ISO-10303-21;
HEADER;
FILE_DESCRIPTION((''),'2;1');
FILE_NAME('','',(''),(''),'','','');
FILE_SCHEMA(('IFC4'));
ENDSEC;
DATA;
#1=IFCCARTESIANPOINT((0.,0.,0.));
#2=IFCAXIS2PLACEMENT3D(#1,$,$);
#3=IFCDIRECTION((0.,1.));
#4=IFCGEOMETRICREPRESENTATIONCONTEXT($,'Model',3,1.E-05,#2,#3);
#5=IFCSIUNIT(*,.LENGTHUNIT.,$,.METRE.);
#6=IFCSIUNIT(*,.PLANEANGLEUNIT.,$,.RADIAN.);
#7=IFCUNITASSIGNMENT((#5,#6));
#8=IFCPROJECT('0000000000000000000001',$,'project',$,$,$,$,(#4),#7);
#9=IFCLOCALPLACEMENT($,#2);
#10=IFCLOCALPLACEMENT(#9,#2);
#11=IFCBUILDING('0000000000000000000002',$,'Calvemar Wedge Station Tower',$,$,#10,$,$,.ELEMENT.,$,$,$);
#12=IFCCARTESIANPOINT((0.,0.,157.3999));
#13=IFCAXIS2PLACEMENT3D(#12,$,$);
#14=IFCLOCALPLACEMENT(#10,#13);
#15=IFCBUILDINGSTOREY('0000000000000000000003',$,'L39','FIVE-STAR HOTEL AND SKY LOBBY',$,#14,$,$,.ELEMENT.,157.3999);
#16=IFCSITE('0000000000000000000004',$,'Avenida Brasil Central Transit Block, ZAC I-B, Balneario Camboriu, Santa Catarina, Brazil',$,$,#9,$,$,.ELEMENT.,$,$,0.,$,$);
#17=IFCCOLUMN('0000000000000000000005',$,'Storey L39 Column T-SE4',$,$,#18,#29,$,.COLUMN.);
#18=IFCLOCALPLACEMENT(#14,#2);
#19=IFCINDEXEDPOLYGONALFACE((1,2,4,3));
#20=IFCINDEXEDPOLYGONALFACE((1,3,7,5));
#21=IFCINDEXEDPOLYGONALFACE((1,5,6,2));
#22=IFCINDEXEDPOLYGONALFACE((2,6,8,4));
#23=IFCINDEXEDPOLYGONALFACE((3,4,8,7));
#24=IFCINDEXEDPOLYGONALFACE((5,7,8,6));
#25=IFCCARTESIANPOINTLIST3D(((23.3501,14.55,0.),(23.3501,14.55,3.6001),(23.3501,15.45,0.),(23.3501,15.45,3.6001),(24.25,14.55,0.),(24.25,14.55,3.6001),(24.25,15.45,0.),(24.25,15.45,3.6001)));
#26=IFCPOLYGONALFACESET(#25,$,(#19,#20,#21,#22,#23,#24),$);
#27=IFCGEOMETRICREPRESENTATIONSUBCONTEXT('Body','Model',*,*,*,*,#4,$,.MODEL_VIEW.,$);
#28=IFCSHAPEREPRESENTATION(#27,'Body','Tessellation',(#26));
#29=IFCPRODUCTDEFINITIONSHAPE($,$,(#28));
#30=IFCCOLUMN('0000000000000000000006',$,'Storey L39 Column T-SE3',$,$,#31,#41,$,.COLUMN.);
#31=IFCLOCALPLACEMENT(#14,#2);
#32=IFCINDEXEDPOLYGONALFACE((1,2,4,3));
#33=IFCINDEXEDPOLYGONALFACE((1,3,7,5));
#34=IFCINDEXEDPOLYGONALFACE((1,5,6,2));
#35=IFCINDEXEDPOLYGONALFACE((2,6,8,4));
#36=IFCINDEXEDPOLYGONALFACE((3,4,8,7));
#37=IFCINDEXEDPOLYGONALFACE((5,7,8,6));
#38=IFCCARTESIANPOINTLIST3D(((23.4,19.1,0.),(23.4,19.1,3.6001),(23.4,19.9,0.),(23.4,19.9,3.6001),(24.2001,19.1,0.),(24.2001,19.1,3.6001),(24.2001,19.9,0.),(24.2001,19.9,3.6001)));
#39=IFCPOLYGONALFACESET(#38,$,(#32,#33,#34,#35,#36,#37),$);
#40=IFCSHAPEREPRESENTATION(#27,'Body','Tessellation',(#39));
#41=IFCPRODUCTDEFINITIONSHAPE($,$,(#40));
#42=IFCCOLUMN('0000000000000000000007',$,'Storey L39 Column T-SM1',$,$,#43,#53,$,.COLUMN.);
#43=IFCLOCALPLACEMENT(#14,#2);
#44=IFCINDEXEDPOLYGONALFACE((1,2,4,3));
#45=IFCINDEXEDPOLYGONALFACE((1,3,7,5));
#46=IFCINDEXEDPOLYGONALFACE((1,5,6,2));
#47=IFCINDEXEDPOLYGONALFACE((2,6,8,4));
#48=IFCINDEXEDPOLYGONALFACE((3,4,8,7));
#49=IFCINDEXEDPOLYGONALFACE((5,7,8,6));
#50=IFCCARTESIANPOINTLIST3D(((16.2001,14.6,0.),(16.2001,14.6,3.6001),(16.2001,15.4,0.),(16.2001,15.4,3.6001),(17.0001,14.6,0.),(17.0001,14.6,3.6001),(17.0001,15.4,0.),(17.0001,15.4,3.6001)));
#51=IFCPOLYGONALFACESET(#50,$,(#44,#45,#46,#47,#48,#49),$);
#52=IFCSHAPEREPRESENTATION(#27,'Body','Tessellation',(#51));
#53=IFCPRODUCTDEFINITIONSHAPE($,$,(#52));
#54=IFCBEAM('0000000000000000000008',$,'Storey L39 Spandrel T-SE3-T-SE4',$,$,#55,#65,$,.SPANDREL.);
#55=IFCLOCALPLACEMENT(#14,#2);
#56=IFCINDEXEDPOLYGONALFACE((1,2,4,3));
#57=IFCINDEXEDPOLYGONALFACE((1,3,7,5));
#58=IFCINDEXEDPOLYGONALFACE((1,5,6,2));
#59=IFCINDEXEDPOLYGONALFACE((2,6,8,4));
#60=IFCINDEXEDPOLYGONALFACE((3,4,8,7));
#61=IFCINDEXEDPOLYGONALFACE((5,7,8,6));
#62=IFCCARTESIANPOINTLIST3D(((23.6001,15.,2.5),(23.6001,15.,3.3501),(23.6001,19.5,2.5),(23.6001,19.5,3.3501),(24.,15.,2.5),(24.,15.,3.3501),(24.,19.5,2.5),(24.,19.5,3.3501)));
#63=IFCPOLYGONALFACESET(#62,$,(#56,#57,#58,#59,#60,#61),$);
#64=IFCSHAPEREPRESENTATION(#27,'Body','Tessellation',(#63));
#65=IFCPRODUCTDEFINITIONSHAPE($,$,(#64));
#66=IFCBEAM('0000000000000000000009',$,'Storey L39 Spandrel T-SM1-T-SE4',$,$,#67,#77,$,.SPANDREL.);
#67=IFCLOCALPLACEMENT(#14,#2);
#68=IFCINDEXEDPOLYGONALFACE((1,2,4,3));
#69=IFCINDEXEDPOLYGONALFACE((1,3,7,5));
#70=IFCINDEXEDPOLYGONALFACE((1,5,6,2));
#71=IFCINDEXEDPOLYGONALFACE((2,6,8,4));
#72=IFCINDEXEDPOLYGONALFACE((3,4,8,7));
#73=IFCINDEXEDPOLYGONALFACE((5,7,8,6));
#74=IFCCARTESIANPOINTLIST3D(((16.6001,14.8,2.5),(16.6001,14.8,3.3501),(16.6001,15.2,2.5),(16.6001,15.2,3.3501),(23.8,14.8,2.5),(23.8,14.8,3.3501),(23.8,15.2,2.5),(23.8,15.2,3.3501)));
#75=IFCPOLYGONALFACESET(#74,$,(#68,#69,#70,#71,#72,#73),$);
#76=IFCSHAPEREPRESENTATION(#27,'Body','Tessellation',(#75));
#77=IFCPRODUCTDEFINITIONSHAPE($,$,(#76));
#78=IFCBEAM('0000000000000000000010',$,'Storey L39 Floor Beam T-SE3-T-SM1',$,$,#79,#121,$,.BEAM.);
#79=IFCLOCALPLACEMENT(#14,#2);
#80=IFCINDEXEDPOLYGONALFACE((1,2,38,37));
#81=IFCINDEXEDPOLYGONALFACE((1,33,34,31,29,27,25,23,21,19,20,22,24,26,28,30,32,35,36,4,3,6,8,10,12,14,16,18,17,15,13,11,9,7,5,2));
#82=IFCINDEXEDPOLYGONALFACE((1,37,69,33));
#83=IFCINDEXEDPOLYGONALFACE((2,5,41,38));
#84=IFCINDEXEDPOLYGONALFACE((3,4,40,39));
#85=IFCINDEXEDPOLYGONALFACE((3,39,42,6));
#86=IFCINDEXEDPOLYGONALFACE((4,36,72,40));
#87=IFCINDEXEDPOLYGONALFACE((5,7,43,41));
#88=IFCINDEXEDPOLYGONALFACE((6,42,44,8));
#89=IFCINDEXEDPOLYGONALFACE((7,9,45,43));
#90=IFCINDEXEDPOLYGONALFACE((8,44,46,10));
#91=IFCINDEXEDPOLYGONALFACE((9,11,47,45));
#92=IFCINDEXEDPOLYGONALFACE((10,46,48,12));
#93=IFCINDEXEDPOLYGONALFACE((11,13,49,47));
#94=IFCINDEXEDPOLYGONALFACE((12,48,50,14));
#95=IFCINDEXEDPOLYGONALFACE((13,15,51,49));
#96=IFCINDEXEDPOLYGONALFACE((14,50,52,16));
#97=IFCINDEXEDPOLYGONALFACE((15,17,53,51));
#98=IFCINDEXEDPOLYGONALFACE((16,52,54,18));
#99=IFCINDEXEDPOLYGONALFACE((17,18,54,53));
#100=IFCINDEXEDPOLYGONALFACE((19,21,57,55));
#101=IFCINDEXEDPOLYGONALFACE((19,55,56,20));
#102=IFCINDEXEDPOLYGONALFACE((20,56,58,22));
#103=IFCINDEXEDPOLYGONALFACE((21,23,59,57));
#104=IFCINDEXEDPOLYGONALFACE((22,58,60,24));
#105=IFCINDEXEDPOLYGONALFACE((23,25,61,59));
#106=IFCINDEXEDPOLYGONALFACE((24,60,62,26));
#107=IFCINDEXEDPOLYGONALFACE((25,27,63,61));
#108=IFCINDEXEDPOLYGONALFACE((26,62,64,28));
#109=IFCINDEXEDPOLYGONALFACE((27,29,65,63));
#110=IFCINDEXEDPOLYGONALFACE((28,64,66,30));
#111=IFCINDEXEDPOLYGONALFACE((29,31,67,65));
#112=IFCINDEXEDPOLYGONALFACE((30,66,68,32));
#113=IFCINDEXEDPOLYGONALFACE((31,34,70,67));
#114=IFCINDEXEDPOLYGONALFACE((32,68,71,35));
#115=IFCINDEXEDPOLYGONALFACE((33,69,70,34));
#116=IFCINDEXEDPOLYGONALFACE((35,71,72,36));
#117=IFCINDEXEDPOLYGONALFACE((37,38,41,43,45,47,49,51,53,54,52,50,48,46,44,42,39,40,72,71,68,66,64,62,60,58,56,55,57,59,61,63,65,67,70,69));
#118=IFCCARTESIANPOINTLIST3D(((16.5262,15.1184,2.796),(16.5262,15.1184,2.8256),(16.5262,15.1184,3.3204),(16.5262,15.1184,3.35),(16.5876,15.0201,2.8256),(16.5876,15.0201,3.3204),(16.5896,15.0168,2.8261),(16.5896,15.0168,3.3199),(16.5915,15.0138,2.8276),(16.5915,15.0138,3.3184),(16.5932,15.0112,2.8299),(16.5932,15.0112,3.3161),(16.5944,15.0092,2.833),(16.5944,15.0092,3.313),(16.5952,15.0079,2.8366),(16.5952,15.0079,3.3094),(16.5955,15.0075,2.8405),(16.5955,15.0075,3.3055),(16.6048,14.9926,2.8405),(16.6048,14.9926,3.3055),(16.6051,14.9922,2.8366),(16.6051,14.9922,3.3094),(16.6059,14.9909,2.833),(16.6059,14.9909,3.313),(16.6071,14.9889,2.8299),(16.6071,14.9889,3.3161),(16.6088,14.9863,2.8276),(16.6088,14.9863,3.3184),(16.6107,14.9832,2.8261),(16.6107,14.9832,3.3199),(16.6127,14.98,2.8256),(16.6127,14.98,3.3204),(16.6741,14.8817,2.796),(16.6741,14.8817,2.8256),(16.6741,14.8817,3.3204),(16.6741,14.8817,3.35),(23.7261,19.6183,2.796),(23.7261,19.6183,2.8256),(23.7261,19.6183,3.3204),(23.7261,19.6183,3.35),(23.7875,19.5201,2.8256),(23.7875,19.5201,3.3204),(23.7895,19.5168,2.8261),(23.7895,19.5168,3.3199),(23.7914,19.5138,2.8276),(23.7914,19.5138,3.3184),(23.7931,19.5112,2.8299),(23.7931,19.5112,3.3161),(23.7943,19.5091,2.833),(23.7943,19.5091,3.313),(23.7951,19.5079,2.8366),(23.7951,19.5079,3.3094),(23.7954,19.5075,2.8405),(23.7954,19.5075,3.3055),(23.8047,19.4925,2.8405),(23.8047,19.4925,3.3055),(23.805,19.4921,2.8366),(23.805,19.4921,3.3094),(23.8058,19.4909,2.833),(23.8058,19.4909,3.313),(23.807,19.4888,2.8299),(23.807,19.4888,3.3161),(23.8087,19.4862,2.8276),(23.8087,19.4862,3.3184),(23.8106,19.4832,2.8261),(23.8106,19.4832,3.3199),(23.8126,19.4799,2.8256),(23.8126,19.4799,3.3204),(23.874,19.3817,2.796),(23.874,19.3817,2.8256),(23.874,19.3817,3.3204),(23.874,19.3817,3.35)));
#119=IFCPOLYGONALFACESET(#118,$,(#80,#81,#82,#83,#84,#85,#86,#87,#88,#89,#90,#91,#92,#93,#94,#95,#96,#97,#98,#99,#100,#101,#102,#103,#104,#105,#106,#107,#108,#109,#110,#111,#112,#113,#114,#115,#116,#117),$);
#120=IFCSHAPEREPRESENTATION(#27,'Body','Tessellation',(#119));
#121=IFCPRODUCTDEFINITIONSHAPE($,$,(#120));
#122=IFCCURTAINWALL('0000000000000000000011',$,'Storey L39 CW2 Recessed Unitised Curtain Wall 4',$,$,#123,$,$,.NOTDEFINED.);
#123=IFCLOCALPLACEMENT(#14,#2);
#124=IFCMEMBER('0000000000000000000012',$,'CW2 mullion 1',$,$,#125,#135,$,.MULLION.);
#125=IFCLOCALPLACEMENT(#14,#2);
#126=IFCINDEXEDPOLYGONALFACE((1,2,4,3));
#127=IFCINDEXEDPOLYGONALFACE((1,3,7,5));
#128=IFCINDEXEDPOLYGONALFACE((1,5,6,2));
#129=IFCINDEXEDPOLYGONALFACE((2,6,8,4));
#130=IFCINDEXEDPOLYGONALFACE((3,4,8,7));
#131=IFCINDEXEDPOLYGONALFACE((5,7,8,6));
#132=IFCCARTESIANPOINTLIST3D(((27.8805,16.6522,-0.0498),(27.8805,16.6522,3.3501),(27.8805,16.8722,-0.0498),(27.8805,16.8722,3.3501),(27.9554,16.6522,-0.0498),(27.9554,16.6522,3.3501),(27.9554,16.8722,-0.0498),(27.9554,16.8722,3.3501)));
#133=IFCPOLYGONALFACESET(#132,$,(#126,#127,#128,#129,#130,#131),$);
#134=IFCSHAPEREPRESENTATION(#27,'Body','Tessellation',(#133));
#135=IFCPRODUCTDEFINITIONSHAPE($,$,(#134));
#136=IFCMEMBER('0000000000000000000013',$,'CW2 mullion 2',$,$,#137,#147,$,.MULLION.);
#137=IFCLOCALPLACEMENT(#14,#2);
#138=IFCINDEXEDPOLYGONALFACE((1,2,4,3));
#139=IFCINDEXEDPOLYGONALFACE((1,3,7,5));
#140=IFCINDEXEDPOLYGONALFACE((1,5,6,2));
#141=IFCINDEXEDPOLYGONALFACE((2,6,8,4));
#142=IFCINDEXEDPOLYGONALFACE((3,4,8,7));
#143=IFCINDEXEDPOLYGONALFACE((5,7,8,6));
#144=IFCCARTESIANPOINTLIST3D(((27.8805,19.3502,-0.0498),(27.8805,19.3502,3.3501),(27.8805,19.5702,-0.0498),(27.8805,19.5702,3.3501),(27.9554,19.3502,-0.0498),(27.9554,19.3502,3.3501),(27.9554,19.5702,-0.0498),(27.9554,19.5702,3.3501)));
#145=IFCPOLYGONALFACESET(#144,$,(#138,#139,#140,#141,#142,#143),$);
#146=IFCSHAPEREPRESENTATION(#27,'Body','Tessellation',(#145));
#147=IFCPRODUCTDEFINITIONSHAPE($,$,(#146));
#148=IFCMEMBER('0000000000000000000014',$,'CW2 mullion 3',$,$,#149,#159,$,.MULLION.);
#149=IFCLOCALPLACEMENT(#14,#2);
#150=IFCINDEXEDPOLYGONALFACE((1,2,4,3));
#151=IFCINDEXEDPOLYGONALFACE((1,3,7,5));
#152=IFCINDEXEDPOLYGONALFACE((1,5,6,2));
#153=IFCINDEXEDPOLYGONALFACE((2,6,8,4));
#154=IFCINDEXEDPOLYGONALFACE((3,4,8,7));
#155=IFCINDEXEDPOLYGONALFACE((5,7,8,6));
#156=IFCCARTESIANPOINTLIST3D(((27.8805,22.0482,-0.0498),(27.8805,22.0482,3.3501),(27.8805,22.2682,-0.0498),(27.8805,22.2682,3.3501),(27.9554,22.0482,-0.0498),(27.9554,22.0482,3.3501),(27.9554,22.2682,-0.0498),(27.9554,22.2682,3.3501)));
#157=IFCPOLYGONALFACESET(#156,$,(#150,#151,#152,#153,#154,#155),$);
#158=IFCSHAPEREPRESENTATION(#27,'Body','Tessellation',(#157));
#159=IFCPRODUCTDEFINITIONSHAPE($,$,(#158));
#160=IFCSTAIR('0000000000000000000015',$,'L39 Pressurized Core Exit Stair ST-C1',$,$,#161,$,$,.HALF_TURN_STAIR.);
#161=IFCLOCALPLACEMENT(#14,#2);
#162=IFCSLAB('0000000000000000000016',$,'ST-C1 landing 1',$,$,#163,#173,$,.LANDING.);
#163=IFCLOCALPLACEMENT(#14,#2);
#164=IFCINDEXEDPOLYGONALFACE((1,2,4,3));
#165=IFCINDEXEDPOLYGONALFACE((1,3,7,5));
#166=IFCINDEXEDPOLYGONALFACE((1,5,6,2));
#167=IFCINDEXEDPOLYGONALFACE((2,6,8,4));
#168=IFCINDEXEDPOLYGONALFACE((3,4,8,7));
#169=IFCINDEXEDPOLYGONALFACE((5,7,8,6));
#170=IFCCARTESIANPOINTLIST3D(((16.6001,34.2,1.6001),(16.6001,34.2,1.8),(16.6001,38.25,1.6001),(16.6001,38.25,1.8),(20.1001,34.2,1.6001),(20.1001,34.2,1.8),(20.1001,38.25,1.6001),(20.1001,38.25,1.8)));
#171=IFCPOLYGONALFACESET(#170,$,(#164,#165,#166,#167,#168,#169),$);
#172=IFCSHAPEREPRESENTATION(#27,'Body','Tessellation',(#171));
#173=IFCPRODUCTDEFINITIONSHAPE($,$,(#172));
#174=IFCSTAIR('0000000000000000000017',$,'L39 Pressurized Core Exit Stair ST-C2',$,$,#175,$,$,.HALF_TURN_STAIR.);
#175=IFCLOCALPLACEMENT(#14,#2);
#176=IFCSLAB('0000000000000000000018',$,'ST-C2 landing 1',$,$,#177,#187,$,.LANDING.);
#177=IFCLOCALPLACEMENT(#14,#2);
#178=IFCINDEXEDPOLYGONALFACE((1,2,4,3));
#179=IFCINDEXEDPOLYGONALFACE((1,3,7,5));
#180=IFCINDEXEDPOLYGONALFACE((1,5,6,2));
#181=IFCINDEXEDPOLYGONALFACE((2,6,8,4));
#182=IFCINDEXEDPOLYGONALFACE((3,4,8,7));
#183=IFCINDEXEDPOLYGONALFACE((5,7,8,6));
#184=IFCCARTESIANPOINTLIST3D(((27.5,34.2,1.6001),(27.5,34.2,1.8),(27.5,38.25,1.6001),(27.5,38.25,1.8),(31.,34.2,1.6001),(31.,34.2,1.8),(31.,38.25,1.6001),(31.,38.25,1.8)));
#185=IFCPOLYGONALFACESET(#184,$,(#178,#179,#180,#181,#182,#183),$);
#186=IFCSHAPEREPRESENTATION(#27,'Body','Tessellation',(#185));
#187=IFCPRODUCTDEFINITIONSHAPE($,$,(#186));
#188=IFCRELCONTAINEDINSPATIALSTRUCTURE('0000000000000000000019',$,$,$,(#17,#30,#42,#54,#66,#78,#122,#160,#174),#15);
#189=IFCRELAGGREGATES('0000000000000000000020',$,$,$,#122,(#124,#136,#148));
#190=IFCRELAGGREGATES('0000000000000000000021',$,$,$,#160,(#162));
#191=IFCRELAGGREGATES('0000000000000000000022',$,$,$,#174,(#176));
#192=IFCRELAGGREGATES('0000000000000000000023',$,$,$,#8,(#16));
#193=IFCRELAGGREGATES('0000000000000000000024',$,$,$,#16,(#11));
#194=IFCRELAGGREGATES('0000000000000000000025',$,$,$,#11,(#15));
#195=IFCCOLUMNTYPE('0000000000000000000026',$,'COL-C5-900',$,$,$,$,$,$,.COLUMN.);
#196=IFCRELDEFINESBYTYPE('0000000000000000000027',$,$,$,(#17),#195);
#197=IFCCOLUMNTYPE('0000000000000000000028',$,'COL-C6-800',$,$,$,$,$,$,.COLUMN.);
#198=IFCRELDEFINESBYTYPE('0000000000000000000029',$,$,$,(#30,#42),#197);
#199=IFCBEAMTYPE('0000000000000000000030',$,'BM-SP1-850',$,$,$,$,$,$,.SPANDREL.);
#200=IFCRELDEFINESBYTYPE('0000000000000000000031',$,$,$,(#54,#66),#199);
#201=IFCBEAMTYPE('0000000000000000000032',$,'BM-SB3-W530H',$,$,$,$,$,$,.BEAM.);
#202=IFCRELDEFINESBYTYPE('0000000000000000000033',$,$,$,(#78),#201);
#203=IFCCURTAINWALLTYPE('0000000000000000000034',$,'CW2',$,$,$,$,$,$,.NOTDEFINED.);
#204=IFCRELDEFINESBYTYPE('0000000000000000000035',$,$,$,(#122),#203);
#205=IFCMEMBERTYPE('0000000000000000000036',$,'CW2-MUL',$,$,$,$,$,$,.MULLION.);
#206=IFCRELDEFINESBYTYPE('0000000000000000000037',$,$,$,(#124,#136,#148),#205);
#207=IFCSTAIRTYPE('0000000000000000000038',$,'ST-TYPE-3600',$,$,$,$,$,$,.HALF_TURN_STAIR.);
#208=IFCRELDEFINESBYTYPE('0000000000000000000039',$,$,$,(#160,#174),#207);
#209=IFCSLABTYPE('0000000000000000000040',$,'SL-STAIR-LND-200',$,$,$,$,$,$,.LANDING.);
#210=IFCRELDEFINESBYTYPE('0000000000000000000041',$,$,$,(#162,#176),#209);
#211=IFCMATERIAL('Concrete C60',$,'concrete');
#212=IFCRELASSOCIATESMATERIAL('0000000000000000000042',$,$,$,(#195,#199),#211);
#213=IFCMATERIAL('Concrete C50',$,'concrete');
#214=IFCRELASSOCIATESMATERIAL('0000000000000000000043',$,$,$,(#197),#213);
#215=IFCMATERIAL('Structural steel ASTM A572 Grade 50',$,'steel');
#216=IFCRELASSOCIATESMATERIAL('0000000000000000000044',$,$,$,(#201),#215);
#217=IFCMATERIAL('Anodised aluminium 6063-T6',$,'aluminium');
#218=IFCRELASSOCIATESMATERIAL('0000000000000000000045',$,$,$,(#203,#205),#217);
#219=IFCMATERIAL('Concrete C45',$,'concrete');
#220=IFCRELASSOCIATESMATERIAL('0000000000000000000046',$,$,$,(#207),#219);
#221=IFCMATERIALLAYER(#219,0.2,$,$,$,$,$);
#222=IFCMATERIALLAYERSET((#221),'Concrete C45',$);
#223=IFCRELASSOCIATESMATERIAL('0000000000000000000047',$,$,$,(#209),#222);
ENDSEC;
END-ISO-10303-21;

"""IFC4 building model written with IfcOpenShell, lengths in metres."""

from ifc_helpers import new_model, si_unit, direction, frame, origin, origin_2d, place, context, subcontext, project, spatial, polyline, rectangle, i_section, outline, extrude, source, transform, mapped, material, layer, layer_set, material_profile, profile_set, type_object, element, aggregate, save


model = new_model("IFC4")

# Units and contexts
model_context = context("Model", 3, precision=1e-05, world=origin(), true_north=direction((0.0, 1.0)))
body_context = subcontext(model_context, "Body", "Model", "MODEL_VIEW")
ifc_project = project(units=[si_unit("LENGTHUNIT", "METRE"), si_unit("PLANEANGLEUNIT", "RADIAN")], contexts=[model_context])

# Site, building, storey
site_placement = place(None, origin())
site = spatial("IfcSite", under=ifc_project, at=site_placement, Name="Avenida Brasil Central Transit Block, ZAC I-B, Balneario Camboriu, Santa Catarina, Brazil", CompositionType="ELEMENT", RefElevation=0.0)
building_placement = place(site_placement, origin())
building = spatial("IfcBuilding", under=site, at=building_placement, Name="Calvemar Wedge Station Tower", CompositionType="ELEMENT")
storey_placement = place(building_placement, frame((0.0, 0.0, 157.3999)))
storey = spatial("IfcBuildingStorey", under=building, at=storey_placement, Name="L39", Description="FIVE-STAR HOTEL AND SKY LOBBY", CompositionType="ELEMENT", Elevation=157.3999)

# Columns
ifc_material_1 = material(Name="Concrete C60", Category="concrete")
ifc_material_profile_1 = material_profile(ifc_material_1, rectangle(XDim=0.8999, YDim=0.8999, at=origin_2d()), Name="RC900x900")
ifc_profile_set_1 = profile_set([ifc_material_profile_1], Name="Concrete C60")
column_type_1 = type_object("IfcColumnType", Name="COL-C5-900", PredefinedType="COLUMN", material=ifc_profile_set_1)
shared_shape_1 = source(origin(), body_context, "Body", "SweptSolid", [
    extrude(rectangle(XDim=0.8999, YDim=0.8999, at=origin_2d()), origin(), (0.0, 0.0, 1.0), 3.6001),
])
column_placement = place(storey_placement, frame((23.8, 15.0, 0.0), z_axis=(0.0, 0.0, 1.0), x_axis=(1.0, 0.0, 0.0)))
element("IfcColumn", 1, at=column_placement, inside=storey, type_object=column_type_1, Name="Storey L39 Column T-SE4", PredefinedType="COLUMN", context=body_context, shape_type="MappedRepresentation", body=[
    mapped(shared_shape_1, transform((0.0, 0.0, 0.0), scale=1.0)),
])
ifc_material_2 = material(Name="Concrete C50", Category="concrete")
ifc_material_profile_2 = material_profile(ifc_material_2, rectangle(XDim=0.8, YDim=0.8, at=origin_2d()), Name="RC800x800")
ifc_profile_set_2 = profile_set([ifc_material_profile_2], Name="Concrete C50")
column_type_2 = type_object("IfcColumnType", Name="COL-C6-800", PredefinedType="COLUMN", material=ifc_profile_set_2)
shared_shape_2 = source(origin(), body_context, "Body", "SweptSolid", [
    extrude(rectangle(XDim=0.8, YDim=0.8, at=origin_2d()), origin(), (0.0, 0.0, 1.0), 3.6001),
])
for number, where, z_axis, x_axis, name in (
    (2, (23.8, 19.5, 0.0), (0.0, 0.0, 1.0), (1.0, 0.0, 0.0), "Storey L39 Column T-SE3"),
    (3, (16.6001, 15.0, 0.0), (0.0, 0.0, 1.0), (1.0, 0.0, 0.0), "Storey L39 Column T-SM1"),
):
    element("IfcColumn", number, at=place(storey_placement, frame(where, z_axis=z_axis, x_axis=x_axis)), inside=storey, type_object=column_type_2, Name=name, PredefinedType="COLUMN", context=body_context, shape_type="MappedRepresentation", body=[
        mapped(shared_shape_2, transform((0.0, 0.0, 0.0), scale=1.0)),
    ])

# Beams
ifc_material_profile_3 = material_profile(ifc_material_1, rectangle(XDim=0.3999, YDim=0.8501, at=origin_2d()), Name="RC400x850")
ifc_profile_set_3 = profile_set([ifc_material_profile_3], Name="Concrete C60")
beam_type_1 = type_object("IfcBeamType", Name="BM-SP1-850", PredefinedType="SPANDREL", material=ifc_profile_set_3)
shared_shape_3 = source(origin(), body_context, "Body", "SweptSolid", [
    extrude(rectangle(XDim=0.3999, YDim=0.8501, at=origin_2d()), origin(), (0.0, 0.0, 1.0), 4.5),
])
beam_1_placement = place(storey_placement, frame((23.8, 19.5, 2.925), z_axis=(0.0, -1.0, 0.0), x_axis=(1.0, 0.0, 0.0)))
element("IfcBeam", 4, at=beam_1_placement, inside=storey, type_object=beam_type_1, Name="Storey L39 Spandrel T-SE3-T-SE4", PredefinedType="SPANDREL", context=body_context, shape_type="MappedRepresentation", body=[
    mapped(shared_shape_3, transform((0.0, 0.0, 0.0), scale=1.0)),
])
shared_shape_4 = source(origin(), body_context, "Body", "SweptSolid", [
    extrude(rectangle(XDim=0.3999, YDim=0.8501, at=origin_2d()), origin(), (0.0, 0.0, 1.0), 7.2),
])
beam_2_placement = place(storey_placement, frame((16.6001, 15.0, 2.925), z_axis=(1.0, 0.0, 0.0), x_axis=(0.0, 1.0, 0.0)))
element("IfcBeam", 5, at=beam_2_placement, inside=storey, type_object=beam_type_1, Name="Storey L39 Spandrel T-SM1-T-SE4", PredefinedType="SPANDREL", context=body_context, shape_type="MappedRepresentation", body=[
    mapped(shared_shape_4, transform((0.0, 0.0, 0.0), scale=1.0)),
])
ifc_material_3 = material(Name="Structural steel ASTM A572 Grade 50", Category="steel")
ifc_material_profile_4 = material_profile(ifc_material_3, i_section(OverallWidth=0.2791, OverallDepth=0.554, WebThickness=0.0176, FlangeThickness=0.0295, FilletRadius=0.0149, at=origin_2d()), Name="W530x196")
ifc_profile_set_4 = profile_set([ifc_material_profile_4], Name="Structural steel ASTM A572 Grade 50")
beam_type_2 = type_object("IfcBeamType", Name="BM-SB3-W530H", PredefinedType="BEAM", material=ifc_profile_set_4)
shared_shape_5 = source(origin(), body_context, "Body", "SweptSolid", [
    extrude(i_section(OverallWidth=0.2791, OverallDepth=0.554, WebThickness=0.0176, FlangeThickness=0.0295, FilletRadius=0.0149, at=origin_2d()), origin(), (0.0, 0.0, 1.0), 8.4905),
])
beam_3_placement = place(storey_placement, frame((23.8, 19.5, 3.073), z_axis=(-0.847997, -0.530002, 0.0), x_axis=(0.530002, -0.847997, 0.0)))
element("IfcBeam", 6, at=beam_3_placement, inside=storey, type_object=beam_type_2, Name="Storey L39 Floor Beam T-SE3-T-SM1", PredefinedType="BEAM", context=body_context, shape_type="MappedRepresentation", body=[
    mapped(shared_shape_5, transform((0.0, 0.0, 0.0), scale=1.0)),
])

# Curtain wall, members
ifc_material_4 = material(Name="Anodised aluminium 6063-T6", Category="aluminium")
curtain_wall_type = type_object("IfcCurtainWallType", Name="CW2", PredefinedType="NOTDEFINED", material=ifc_material_4)
curtain_wall_placement = place(storey_placement, origin())
curtain_wall = element("IfcCurtainWall", 7, at=curtain_wall_placement, inside=storey, type_object=curtain_wall_type, Name="Storey L39 CW2 Recessed Unitised Curtain Wall 4", PredefinedType="NOTDEFINED")
ifc_material_profile_5 = material_profile(ifc_material_4, rectangle(XDim=0.075, YDim=0.22, at=origin_2d()), Name="AL-MUL-75x220")
ifc_profile_set_5 = profile_set([ifc_material_profile_5], Name="Anodised aluminium 6063-T6")
member_type = type_object("IfcMemberType", Name="CW2-MUL", PredefinedType="MULLION", material=ifc_profile_set_5)
shared_shape_6 = source(origin(), body_context, "Body", "SweptSolid", [
    extrude(rectangle(XDim=0.075, YDim=0.22, at=origin_2d()), origin(), (0.0, 0.0, 1.0), 3.3999),
])
member_1_placement = place(storey_placement, frame((27.918, 16.7622, -0.0498), z_axis=(0.0, 0.0, 1.0), x_axis=(1.0, 0.0, 0.0)))
member_1 = element("IfcMember", 8, at=member_1_placement, type_object=member_type, Name="CW2 mullion 1", PredefinedType="MULLION", context=body_context, shape_type="MappedRepresentation", body=[
    mapped(shared_shape_6, transform((0.0, 0.0, 0.0), scale=1.0)),
])
member_2_placement = place(storey_placement, frame((27.918, 19.4602, -0.0498), z_axis=(0.0, 0.0, 1.0), x_axis=(1.0, 0.0, 0.0)))
member_2 = element("IfcMember", 9, at=member_2_placement, type_object=member_type, Name="CW2 mullion 2", PredefinedType="MULLION", context=body_context, shape_type="MappedRepresentation", body=[
    mapped(shared_shape_6, transform((0.0, 0.0, 0.0), scale=1.0)),
])
member_3_placement = place(storey_placement, frame((27.918, 22.1582, -0.0498), z_axis=(0.0, 0.0, 1.0), x_axis=(1.0, 0.0, 0.0)))
member_3 = element("IfcMember", 10, at=member_3_placement, type_object=member_type, Name="CW2 mullion 3", PredefinedType="MULLION", context=body_context, shape_type="MappedRepresentation", body=[
    mapped(shared_shape_6, transform((0.0, 0.0, 0.0), scale=1.0)),
])
aggregate(curtain_wall, [member_1, member_2, member_3])

# Stairs, slabs
ifc_material_5 = material(Name="Concrete C45", Category="concrete")
stair_type = type_object("IfcStairType", Name="ST-TYPE-3600", PredefinedType="HALF_TURN_STAIR", material=ifc_material_5)
stair_1_placement = place(storey_placement, origin())
stair_1 = element("IfcStair", 11, at=stair_1_placement, inside=storey, type_object=stair_type, Name="L39 Pressurized Core Exit Stair ST-C1", PredefinedType="HALF_TURN_STAIR")
ifc_layer_1 = layer(ifc_material_5, 0.2)
ifc_layer_set_1 = layer_set([ifc_layer_1], Name="Concrete C45")
slab_type_1 = type_object("IfcSlabType", Name="SL-STAIR-LND-200", PredefinedType="LANDING", material=ifc_layer_set_1)
slab_1_placement = place(storey_placement, frame((0.0, 0.0, 1.6001)))
slab_1 = element("IfcSlab", 12, at=slab_1_placement, type_object=slab_type_1, Name="ST-C1 landing 1", PredefinedType="LANDING", context=body_context, shape_type="SweptSolid", body=[
    extrude(outline(polyline([(16.6001, 38.25), (16.6001, 34.2), (20.1001, 34.2), (20.1001, 38.25), (16.6001, 38.25)])), origin(), (0.0, 0.0, 1.0), 0.2),
])
aggregate(stair_1, [slab_1])
stair_2_placement = place(storey_placement, origin())
stair_2 = element("IfcStair", 13, at=stair_2_placement, inside=storey, type_object=stair_type, Name="L39 Pressurized Core Exit Stair ST-C2", PredefinedType="HALF_TURN_STAIR")
slab_2_placement = place(storey_placement, frame((0.0, 0.0, 1.6001)))
slab_2 = element("IfcSlab", 14, at=slab_2_placement, type_object=slab_type_1, Name="ST-C2 landing 1", PredefinedType="LANDING", context=body_context, shape_type="SweptSolid", body=[
    extrude(outline(polyline([(27.5, 38.25), (27.5, 34.2), (31.0, 34.2), (31.0, 38.25), (27.5, 38.25)])), origin(), (0.0, 0.0, 1.0), 0.2),
])
aggregate(stair_2, [slab_2])

save(model, "model.ifc")
